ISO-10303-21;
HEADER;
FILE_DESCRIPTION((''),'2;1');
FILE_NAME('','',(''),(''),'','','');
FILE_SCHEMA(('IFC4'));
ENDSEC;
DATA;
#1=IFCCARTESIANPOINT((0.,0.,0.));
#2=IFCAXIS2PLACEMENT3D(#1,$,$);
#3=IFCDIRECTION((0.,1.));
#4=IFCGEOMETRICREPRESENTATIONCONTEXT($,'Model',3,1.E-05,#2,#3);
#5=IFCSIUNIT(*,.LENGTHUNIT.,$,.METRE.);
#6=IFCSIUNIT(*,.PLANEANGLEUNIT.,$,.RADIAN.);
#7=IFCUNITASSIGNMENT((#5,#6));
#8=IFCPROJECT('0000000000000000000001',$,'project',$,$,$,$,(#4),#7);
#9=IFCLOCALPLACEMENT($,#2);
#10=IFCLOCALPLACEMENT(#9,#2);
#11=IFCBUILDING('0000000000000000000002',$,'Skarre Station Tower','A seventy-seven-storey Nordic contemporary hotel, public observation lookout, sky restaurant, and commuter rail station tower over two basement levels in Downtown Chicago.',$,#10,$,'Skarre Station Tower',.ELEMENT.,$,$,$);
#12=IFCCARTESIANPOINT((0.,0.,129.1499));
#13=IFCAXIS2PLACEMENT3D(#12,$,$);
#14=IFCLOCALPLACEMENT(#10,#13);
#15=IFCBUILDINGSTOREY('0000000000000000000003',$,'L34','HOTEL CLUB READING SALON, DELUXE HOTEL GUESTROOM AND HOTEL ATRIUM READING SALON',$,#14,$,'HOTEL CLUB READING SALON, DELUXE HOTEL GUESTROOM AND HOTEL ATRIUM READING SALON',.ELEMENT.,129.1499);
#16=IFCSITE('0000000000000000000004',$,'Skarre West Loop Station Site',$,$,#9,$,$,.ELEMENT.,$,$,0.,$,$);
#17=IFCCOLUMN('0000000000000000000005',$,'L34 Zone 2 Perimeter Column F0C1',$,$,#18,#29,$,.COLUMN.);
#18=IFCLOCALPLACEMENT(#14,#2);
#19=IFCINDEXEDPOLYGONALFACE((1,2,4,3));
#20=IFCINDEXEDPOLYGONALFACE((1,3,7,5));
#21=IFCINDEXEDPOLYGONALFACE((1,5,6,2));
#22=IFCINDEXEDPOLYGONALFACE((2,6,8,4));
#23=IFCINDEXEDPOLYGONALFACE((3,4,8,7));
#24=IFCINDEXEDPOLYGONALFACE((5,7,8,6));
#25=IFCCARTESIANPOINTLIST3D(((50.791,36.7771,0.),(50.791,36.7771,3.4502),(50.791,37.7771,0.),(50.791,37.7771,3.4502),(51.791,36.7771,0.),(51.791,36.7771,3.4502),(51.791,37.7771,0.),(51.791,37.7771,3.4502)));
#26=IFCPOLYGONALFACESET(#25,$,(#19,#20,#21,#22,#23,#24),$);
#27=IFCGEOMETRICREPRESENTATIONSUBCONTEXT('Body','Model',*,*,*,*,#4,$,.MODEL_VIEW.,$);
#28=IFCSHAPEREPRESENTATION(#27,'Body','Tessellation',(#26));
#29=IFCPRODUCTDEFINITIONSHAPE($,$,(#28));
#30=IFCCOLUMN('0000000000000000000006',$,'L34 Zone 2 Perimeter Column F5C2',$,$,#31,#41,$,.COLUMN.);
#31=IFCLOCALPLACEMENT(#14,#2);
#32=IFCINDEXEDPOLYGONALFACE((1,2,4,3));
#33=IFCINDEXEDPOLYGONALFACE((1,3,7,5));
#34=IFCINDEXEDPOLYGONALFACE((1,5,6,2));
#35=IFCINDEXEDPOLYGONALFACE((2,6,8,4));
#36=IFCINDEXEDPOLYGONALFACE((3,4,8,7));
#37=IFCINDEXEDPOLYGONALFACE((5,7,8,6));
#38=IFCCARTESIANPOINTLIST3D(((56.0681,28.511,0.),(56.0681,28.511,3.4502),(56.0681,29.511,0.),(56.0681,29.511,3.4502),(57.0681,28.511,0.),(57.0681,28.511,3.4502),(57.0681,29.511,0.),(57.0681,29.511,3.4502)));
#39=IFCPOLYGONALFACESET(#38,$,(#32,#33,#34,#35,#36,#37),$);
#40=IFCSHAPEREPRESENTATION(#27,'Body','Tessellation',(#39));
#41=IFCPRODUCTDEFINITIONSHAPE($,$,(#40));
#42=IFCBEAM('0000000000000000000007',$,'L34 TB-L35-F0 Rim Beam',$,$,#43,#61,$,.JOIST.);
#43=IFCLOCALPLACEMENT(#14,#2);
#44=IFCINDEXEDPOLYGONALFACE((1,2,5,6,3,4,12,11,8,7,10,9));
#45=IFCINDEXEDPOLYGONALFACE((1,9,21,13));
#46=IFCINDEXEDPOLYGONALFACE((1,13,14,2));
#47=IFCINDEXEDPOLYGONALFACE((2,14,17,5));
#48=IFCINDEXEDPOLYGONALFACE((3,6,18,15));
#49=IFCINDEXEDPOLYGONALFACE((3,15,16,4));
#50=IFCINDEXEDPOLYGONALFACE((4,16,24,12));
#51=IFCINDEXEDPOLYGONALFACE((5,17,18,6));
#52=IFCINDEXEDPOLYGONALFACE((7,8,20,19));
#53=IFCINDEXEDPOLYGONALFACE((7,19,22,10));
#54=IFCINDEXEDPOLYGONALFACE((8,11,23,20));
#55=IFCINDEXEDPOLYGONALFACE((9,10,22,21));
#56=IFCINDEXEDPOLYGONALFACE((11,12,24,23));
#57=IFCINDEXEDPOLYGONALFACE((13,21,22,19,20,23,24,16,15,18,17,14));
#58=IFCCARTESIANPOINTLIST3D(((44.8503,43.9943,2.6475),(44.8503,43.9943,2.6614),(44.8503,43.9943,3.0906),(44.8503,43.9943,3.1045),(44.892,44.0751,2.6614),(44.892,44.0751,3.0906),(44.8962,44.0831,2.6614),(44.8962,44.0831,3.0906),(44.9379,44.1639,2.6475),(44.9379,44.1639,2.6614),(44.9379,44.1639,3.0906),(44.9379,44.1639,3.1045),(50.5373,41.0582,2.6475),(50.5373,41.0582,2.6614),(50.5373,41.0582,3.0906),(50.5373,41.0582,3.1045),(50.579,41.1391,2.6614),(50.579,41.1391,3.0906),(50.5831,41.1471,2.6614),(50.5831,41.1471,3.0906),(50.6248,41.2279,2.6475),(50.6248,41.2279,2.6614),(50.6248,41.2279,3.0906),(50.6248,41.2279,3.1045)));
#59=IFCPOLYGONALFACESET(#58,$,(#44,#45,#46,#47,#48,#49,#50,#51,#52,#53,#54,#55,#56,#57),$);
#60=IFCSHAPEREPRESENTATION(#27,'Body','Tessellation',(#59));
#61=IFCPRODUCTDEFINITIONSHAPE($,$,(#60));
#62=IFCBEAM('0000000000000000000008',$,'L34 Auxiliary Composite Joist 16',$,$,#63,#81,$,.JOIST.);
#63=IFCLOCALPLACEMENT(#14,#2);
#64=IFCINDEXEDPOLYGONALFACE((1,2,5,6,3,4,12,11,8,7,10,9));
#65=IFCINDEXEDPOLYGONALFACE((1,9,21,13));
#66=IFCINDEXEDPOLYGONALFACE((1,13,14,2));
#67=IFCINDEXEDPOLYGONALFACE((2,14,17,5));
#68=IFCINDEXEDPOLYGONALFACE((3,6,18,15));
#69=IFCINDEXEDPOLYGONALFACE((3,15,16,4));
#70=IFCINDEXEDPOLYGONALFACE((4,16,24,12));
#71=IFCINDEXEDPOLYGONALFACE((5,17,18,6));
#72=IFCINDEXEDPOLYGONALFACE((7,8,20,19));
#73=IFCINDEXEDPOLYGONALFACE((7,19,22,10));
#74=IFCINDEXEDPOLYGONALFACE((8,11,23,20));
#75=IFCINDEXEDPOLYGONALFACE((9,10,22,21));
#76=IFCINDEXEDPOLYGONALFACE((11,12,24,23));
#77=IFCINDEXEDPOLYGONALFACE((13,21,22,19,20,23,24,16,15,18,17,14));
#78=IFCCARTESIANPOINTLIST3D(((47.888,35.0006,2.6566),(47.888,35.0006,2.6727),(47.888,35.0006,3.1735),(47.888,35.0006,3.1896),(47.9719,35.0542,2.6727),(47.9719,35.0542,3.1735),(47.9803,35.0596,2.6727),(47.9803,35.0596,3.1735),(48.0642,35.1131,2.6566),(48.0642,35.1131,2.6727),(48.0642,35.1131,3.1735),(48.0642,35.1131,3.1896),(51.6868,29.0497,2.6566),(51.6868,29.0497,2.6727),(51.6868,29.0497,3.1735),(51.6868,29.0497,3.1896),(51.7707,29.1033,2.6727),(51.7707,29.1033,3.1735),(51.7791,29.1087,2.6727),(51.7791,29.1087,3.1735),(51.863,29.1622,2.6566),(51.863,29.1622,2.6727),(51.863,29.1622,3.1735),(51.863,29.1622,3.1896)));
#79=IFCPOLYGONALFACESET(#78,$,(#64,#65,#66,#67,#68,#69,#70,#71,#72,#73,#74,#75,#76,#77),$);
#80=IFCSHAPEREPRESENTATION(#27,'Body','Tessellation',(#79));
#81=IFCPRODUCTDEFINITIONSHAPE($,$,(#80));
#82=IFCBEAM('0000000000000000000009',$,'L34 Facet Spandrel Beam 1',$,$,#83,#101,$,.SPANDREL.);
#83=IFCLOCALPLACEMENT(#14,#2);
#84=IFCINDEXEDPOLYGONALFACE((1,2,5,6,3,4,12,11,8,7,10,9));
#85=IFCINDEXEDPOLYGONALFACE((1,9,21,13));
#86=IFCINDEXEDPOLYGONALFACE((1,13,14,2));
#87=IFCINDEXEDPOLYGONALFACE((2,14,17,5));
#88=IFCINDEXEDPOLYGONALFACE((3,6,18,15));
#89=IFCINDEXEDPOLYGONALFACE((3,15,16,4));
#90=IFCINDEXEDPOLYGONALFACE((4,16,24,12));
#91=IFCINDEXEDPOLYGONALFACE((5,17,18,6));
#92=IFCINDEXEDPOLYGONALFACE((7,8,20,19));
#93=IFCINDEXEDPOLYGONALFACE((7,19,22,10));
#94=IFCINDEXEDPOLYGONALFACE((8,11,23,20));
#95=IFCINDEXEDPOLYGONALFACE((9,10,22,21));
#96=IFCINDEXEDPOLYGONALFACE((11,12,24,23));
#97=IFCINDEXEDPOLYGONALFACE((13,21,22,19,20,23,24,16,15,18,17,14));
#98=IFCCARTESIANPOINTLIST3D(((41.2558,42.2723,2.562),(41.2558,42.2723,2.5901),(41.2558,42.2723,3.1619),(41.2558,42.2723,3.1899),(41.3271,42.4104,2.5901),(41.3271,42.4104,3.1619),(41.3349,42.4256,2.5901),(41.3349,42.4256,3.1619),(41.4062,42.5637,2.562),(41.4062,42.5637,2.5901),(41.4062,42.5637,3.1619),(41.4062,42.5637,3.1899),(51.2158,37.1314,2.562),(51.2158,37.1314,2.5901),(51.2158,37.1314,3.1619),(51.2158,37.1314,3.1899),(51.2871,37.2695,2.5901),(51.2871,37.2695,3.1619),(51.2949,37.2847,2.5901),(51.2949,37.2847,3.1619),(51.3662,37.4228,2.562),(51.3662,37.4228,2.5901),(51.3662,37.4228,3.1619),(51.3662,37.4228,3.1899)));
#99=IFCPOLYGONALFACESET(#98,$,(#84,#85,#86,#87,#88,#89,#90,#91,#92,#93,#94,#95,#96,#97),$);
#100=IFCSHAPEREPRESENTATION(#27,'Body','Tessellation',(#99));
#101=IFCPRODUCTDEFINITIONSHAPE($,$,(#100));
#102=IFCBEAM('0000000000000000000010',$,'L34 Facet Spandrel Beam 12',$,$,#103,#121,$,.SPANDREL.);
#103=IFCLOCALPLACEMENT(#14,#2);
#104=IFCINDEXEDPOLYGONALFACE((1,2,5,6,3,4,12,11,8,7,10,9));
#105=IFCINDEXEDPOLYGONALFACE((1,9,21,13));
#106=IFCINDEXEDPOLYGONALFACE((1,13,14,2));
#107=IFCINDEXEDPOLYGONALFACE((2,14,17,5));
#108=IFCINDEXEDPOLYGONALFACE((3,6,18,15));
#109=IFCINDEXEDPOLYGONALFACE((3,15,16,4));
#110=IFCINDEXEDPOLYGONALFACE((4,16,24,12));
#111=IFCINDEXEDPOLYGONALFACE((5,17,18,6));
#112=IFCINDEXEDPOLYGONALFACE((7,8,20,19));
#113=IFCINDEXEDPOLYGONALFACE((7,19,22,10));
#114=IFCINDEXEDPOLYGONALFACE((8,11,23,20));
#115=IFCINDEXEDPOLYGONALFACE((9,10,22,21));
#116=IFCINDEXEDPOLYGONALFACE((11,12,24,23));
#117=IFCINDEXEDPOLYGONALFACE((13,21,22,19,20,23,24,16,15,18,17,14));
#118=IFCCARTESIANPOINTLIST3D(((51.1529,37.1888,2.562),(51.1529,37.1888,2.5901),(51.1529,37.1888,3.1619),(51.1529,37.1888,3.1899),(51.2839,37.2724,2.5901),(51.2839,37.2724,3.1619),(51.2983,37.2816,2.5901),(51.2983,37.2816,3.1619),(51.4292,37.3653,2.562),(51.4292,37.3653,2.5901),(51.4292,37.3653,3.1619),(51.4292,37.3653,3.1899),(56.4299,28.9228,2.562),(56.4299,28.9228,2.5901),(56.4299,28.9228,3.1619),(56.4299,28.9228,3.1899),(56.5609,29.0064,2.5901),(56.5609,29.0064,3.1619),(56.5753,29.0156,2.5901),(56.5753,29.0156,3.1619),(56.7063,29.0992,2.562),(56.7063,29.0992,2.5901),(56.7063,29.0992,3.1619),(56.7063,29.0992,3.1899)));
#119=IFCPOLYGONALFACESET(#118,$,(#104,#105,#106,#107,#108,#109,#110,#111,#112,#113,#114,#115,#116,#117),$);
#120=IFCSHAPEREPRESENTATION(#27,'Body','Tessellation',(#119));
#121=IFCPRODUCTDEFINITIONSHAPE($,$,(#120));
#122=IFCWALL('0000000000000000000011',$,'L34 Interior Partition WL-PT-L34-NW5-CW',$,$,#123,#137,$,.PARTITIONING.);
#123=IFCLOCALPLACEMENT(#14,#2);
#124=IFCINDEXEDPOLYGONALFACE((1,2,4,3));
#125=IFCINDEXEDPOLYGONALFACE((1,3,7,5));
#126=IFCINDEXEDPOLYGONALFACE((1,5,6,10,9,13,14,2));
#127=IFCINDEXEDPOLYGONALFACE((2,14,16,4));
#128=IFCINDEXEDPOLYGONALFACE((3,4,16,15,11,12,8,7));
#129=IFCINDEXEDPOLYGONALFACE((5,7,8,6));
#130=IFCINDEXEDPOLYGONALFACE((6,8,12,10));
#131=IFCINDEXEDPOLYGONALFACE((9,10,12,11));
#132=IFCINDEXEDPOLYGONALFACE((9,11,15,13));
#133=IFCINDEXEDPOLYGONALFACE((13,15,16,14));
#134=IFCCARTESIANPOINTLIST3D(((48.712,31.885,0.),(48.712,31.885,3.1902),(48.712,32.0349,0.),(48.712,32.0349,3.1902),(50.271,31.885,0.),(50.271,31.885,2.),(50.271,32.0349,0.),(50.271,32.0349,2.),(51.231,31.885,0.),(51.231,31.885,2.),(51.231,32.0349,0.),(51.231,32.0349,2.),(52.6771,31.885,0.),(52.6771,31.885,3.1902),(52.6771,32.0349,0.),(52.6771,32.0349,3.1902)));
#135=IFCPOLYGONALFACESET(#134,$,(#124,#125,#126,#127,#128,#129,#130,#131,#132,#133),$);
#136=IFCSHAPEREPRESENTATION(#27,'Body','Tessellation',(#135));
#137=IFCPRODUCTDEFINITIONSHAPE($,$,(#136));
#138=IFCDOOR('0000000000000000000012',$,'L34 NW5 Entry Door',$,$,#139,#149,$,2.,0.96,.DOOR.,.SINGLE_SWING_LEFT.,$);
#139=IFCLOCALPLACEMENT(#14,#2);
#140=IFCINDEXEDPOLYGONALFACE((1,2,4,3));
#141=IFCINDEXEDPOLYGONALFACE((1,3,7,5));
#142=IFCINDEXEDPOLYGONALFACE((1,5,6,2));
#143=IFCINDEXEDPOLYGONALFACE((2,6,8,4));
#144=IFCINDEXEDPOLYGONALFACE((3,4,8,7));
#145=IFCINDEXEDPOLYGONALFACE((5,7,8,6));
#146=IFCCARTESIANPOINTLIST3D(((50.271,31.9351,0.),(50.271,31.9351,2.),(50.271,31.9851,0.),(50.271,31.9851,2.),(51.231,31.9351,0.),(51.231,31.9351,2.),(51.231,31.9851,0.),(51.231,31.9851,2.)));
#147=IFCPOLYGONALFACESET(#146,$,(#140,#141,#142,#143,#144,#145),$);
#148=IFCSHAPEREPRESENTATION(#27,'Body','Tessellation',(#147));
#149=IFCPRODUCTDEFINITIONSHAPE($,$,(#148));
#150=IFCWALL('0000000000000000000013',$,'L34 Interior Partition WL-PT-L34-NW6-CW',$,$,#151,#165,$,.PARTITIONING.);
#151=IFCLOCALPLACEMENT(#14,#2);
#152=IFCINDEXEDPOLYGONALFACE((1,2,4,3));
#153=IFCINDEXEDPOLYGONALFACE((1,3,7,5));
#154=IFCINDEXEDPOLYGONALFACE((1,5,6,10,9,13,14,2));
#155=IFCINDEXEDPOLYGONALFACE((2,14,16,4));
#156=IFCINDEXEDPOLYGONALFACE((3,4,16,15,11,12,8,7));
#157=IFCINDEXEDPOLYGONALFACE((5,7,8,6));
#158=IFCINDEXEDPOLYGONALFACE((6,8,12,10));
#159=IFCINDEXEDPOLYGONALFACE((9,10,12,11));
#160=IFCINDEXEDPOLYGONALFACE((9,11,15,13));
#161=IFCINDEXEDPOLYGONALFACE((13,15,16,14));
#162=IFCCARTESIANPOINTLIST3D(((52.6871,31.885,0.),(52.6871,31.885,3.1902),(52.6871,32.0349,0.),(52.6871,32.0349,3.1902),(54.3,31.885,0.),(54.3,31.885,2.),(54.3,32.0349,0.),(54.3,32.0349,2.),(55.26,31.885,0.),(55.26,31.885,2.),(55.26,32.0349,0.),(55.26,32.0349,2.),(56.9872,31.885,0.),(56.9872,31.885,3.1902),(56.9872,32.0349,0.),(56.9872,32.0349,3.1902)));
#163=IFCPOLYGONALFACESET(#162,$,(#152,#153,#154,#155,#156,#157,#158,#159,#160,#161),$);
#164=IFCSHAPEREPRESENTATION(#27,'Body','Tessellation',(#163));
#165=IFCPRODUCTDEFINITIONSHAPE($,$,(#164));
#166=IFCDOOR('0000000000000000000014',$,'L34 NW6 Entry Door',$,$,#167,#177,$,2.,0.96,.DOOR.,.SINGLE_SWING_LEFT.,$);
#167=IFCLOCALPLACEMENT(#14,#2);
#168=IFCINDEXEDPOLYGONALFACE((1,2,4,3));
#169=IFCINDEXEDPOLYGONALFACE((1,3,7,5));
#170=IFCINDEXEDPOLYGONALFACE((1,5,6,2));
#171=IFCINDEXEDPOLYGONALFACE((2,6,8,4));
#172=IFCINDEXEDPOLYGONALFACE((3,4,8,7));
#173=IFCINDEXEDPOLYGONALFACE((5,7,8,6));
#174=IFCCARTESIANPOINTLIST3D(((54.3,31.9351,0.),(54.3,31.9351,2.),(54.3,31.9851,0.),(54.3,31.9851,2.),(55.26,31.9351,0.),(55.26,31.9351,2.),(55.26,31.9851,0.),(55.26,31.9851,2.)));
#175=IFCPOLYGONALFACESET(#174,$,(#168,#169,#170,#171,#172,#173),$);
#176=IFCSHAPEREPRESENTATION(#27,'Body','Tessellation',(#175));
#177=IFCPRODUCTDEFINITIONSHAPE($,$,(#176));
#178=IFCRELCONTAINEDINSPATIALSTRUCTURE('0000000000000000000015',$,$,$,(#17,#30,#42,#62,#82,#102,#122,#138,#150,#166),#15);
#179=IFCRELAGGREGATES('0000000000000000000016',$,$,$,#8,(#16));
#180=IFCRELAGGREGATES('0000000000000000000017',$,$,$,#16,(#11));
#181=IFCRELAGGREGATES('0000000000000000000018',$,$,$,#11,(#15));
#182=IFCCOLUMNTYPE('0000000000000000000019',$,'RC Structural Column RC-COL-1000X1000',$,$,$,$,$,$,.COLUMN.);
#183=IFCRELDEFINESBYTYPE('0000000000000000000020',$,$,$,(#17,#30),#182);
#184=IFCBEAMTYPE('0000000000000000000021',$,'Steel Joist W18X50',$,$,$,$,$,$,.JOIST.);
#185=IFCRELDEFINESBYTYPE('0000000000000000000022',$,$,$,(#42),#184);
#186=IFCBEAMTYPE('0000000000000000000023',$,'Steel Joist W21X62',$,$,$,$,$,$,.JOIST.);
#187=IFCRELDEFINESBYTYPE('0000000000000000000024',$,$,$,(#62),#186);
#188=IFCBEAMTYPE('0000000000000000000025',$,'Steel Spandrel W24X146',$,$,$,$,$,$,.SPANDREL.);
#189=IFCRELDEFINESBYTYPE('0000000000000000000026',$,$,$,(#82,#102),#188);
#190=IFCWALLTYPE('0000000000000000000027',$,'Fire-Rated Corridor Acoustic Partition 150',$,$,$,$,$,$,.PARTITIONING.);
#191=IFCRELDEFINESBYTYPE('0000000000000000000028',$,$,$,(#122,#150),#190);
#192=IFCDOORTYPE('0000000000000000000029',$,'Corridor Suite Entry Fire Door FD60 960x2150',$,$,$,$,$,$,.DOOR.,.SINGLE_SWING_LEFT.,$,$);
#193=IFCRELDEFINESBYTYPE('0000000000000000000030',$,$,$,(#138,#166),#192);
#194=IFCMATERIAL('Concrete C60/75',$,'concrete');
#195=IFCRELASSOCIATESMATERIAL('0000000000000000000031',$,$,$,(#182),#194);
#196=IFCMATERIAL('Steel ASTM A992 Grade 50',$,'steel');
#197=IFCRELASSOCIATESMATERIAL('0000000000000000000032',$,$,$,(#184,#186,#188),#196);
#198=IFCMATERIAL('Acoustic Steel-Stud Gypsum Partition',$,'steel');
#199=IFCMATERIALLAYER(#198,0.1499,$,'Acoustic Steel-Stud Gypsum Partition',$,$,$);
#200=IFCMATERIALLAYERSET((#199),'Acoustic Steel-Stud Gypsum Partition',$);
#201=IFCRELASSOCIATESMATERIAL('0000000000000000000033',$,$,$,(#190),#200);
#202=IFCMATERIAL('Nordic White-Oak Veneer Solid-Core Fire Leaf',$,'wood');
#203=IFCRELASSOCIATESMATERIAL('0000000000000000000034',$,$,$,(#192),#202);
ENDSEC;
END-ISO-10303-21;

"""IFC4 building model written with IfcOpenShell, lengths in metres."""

from ifc_helpers import new_model, si_unit, direction, frame, frame_2d, origin, origin_2d, place, context, subcontext, project, spatial, rectangle, i_section, extrude, material, layer, layer_set, material_profile, profile_set, type_object, element, fill, save


model = new_model("IFC4")

# Units and contexts
model_context = context("Model", 3, precision=1e-05, world=origin(), true_north=direction((0.0, 1.0)))
body_context = subcontext(model_context, "Body", "Model", "MODEL_VIEW")
ifc_project = project(units=[si_unit("LENGTHUNIT", "METRE"), si_unit("PLANEANGLEUNIT", "RADIAN")], contexts=[model_context])

# Site, building, storey
site_placement = place(None, origin())
site = spatial("IfcSite", under=ifc_project, at=site_placement, Name="Skarre West Loop Station Site", CompositionType="ELEMENT", RefElevation=0.0)
building_placement = place(site_placement, origin())
building = spatial("IfcBuilding", under=site, at=building_placement, Name="Skarre Station Tower", Description="A seventy-seven-storey Nordic contemporary hotel, public observation lookout, sky restaurant, and commuter rail station tower over two basement levels in Downtown Chicago.", LongName="Skarre Station Tower", CompositionType="ELEMENT")
storey_placement = place(building_placement, frame((0.0, 0.0, 129.1499)))
storey = spatial("IfcBuildingStorey", under=building, at=storey_placement, Name="L34", Description="HOTEL CLUB READING SALON, DELUXE HOTEL GUESTROOM AND HOTEL ATRIUM READING SALON", LongName="HOTEL CLUB READING SALON, DELUXE HOTEL GUESTROOM AND HOTEL ATRIUM READING SALON", CompositionType="ELEMENT", Elevation=129.1499)

# Columns
ifc_material_1 = material(Name="Concrete C60/75", Category="concrete")
ifc_material_profile_1 = material_profile(ifc_material_1, rectangle(XDim=1.0, YDim=1.0, at=origin_2d()), Name="Concrete C60/75")
ifc_profile_set_1 = profile_set([ifc_material_profile_1], Name="Concrete C60/75")
column_type = type_object("IfcColumnType", Name="RC Structural Column RC-COL-1000X1000", PredefinedType="COLUMN", material=ifc_profile_set_1)
for number, where, z_axis, x_axis, name in (
    (1, (51.291, 37.2771, 0.0), (0.0, 0.0, 1.0), (1.0, 0.0, 0.0), "L34 Zone 2 Perimeter Column F0C1"),
    (2, (56.5681, 29.011, 0.0), (0.0, 0.0, 1.0), (1.0, 0.0, 0.0), "L34 Zone 2 Perimeter Column F5C2"),
):
    element("IfcColumn", number, at=place(storey_placement, frame(where, z_axis=z_axis, x_axis=x_axis)), inside=storey, type_object=column_type, Name=name, PredefinedType="COLUMN", context=body_context, shape_type="SweptSolid", body=[
        extrude(rectangle(XDim=1.0, YDim=1.0, at=origin_2d()), origin(), (0.0, 0.0, 1.0), 3.4502),
    ])

# Beams
ifc_material_2 = material(Name="Steel ASTM A992 Grade 50", Category="steel")
ifc_material_profile_2 = material_profile(ifc_material_2, i_section(OverallWidth=0.1909, OverallDepth=0.457, WebThickness=0.009, FlangeThickness=0.0139, at=origin_2d()), Name="Steel ASTM A992 Grade 50")
ifc_profile_set_2 = profile_set([ifc_material_profile_2], Name="Steel ASTM A992 Grade 50")
beam_type_1 = type_object("IfcBeamType", Name="Steel Joist W18X50", PredefinedType="JOIST", material=ifc_profile_set_2)
beam_1_placement = place(storey_placement, frame((50.5811, 41.1431, 2.876), z_axis=(-0.888569, 0.458742, 0.0), x_axis=(-0.458742, -0.888569, 0.0)))
element("IfcBeam", 3, at=beam_1_placement, inside=storey, type_object=beam_type_1, Name="L34 TB-L35-F0 Rim Beam", PredefinedType="JOIST", context=body_context, shape_type="SweptSolid", body=[
    extrude(i_section(OverallWidth=0.1909, OverallDepth=0.457, WebThickness=0.009, FlangeThickness=0.0139, at=origin_2d()), origin(), (0.0, 0.0, 1.0), 6.4001),
])
ifc_material_profile_3 = material_profile(ifc_material_2, i_section(OverallWidth=0.209, OverallDepth=0.533, WebThickness=0.01, FlangeThickness=0.0161, at=origin_2d()), Name="Steel ASTM A992 Grade 50")
ifc_profile_set_3 = profile_set([ifc_material_profile_3], Name="Steel ASTM A992 Grade 50")
beam_type_2 = type_object("IfcBeamType", Name="Steel Joist W21X62", PredefinedType="JOIST", material=ifc_profile_set_3)
beam_2_placement = place(storey_placement, frame((51.7749, 29.106, 2.9231), z_axis=(-0.538072, 0.842899, 0.0), x_axis=(-0.842899, -0.538072, 0.0)))
element("IfcBeam", 4, at=beam_2_placement, inside=storey, type_object=beam_type_2, Name="L34 Auxiliary Composite Joist 16", PredefinedType="JOIST", context=body_context, shape_type="SweptSolid", body=[
    extrude(i_section(OverallWidth=0.209, OverallDepth=0.533, WebThickness=0.01, FlangeThickness=0.0161, at=origin_2d()), origin(), (0.0, 0.0, 1.0), 7.0601),
])
ifc_material_profile_4 = material_profile(ifc_material_2, i_section(OverallWidth=0.3279, OverallDepth=0.6279, WebThickness=0.0171, FlangeThickness=0.0281, at=origin_2d()), Name="Steel ASTM A992 Grade 50")
ifc_profile_set_4 = profile_set([ifc_material_profile_4], Name="Steel ASTM A992 Grade 50")
beam_type_3 = type_object("IfcBeamType", Name="Steel Spandrel W24X146", PredefinedType="SPANDREL", material=ifc_profile_set_4)
beam_3_placement = place(storey_placement, frame((51.291, 37.2771, 2.876), z_axis=(-0.888612, 0.45866, 0.0), x_axis=(-0.45866, -0.888612, 0.0)))
element("IfcBeam", 5, at=beam_3_placement, inside=storey, type_object=beam_type_3, Name="L34 Facet Spandrel Beam 1", PredefinedType="SPANDREL", context=body_context, shape_type="SweptSolid", body=[
    extrude(i_section(OverallWidth=0.3279, OverallDepth=0.6279, WebThickness=0.0171, FlangeThickness=0.0281, at=origin_2d()), origin(), (0.0, 0.0, 1.0), 11.2085),
])
beam_4_placement = place(storey_placement, frame((56.5681, 29.011, 2.876), z_axis=(-0.538098, 0.842883, 0.0), x_axis=(-0.842883, -0.538098, 0.0)))
element("IfcBeam", 6, at=beam_4_placement, inside=storey, type_object=beam_type_3, Name="L34 Facet Spandrel Beam 12", PredefinedType="SPANDREL", context=body_context, shape_type="SweptSolid", body=[
    extrude(i_section(OverallWidth=0.3279, OverallDepth=0.6279, WebThickness=0.0171, FlangeThickness=0.0281, at=origin_2d()), origin(), (0.0, 0.0, 1.0), 9.8069),
])

# Walls, openings, doors
ifc_material_3 = material(Name="Acoustic Steel-Stud Gypsum Partition", Category="steel")
ifc_layer_1 = layer(ifc_material_3, 0.1499, Name="Acoustic Steel-Stud Gypsum Partition")
ifc_layer_set_1 = layer_set([ifc_layer_1], Name="Acoustic Steel-Stud Gypsum Partition")
wall_type_1 = type_object("IfcWallType", Name="Fire-Rated Corridor Acoustic Partition 150", PredefinedType="PARTITIONING", material=ifc_layer_set_1)
wall_1_placement = place(storey_placement, frame((52.677, 31.96, 0.0), z_axis=(0.0, 0.0, 1.0), x_axis=(-1.0, 0.0, 0.0)))
wall_1 = element("IfcWall", 7, at=wall_1_placement, inside=storey, type_object=wall_type_1, Name="L34 Interior Partition WL-PT-L34-NW5-CW", PredefinedType="PARTITIONING", context=body_context, shape_type="SweptSolid", body=[
    extrude(rectangle(XDim=3.9651, YDim=0.1499, at=frame_2d((1.9824, 0.0))), origin(), (0.0, 0.0, 1.0), 3.1902),
])
opening_1_placement = place(wall_1_placement, frame((1.446, 0.0, 0.0)))
opening_1 = element("IfcOpeningElement", 8, at=opening_1_placement, cuts=wall_1, PredefinedType="OPENING", context=body_context, shape_type="SweptSolid", body=[
    extrude(rectangle(XDim=0.96, YDim=2.0, at=frame_2d((0.48, 1.0))), frame((0.0, 0.085, 0.0), z_axis=(0.0, -1.0, 0.0), x_axis=(1.0, 0.0, 0.0)), (0.0, 0.0, 1.0), 0.1699),
])
ifc_material_4 = material(Name="Nordic White-Oak Veneer Solid-Core Fire Leaf", Category="wood")
door_type = type_object("IfcDoorType", Name="Corridor Suite Entry Fire Door FD60 960x2150", OperationType="SINGLE_SWING_LEFT", PredefinedType="DOOR", material=ifc_material_4)
door_1_placement = place(opening_1_placement, origin())
door_1 = element("IfcDoor", 9, at=door_1_placement, inside=storey, type_object=door_type, Name="L34 NW5 Entry Door", OperationType="SINGLE_SWING_LEFT", OverallHeight=2.0, OverallWidth=0.96, PredefinedType="DOOR", context=body_context, shape_type="SweptSolid", body=[
    extrude(rectangle(XDim=0.96, YDim=2.0, at=frame_2d((0.48, 1.0))), frame((0.0, 0.0249, 0.0), z_axis=(0.0, -1.0, 0.0), x_axis=(1.0, 0.0, 0.0)), (0.0, 0.0, 1.0), 0.05),
])
fill(opening_1, door_1)
wall_2_placement = place(storey_placement, frame((56.9871, 31.96, 0.0), z_axis=(0.0, 0.0, 1.0), x_axis=(-1.0, 0.0, 0.0)))
wall_2 = element("IfcWall", 10, at=wall_2_placement, inside=storey, type_object=wall_type_1, Name="L34 Interior Partition WL-PT-L34-NW6-CW", PredefinedType="PARTITIONING", context=body_context, shape_type="SweptSolid", body=[
    extrude(rectangle(XDim=4.3, YDim=0.1499, at=frame_2d((2.1499, 0.0))), origin(), (0.0, 0.0, 1.0), 3.1902),
])
opening_2_placement = place(wall_2_placement, frame((1.7271, 0.0, 0.0)))
opening_2 = element("IfcOpeningElement", 11, at=opening_2_placement, cuts=wall_2, PredefinedType="OPENING", context=body_context, shape_type="SweptSolid", body=[
    extrude(rectangle(XDim=0.96, YDim=2.0, at=frame_2d((0.48, 1.0))), frame((0.0, 0.085, 0.0), z_axis=(0.0, -1.0, 0.0), x_axis=(1.0, 0.0, 0.0)), (0.0, 0.0, 1.0), 0.1699),
])
door_2_placement = place(opening_2_placement, origin())
door_2 = element("IfcDoor", 12, at=door_2_placement, inside=storey, type_object=door_type, Name="L34 NW6 Entry Door", OperationType="SINGLE_SWING_LEFT", OverallHeight=2.0, OverallWidth=0.96, PredefinedType="DOOR", context=body_context, shape_type="SweptSolid", body=[
    extrude(rectangle(XDim=0.96, YDim=2.0, at=frame_2d((0.48, 1.0))), frame((0.0, 0.0249, 0.0), z_axis=(0.0, -1.0, 0.0), x_axis=(1.0, 0.0, 0.0)), (0.0, 0.0, 1.0), 0.05),
])
fill(opening_2, door_2)

save(model, "model.ifc")
